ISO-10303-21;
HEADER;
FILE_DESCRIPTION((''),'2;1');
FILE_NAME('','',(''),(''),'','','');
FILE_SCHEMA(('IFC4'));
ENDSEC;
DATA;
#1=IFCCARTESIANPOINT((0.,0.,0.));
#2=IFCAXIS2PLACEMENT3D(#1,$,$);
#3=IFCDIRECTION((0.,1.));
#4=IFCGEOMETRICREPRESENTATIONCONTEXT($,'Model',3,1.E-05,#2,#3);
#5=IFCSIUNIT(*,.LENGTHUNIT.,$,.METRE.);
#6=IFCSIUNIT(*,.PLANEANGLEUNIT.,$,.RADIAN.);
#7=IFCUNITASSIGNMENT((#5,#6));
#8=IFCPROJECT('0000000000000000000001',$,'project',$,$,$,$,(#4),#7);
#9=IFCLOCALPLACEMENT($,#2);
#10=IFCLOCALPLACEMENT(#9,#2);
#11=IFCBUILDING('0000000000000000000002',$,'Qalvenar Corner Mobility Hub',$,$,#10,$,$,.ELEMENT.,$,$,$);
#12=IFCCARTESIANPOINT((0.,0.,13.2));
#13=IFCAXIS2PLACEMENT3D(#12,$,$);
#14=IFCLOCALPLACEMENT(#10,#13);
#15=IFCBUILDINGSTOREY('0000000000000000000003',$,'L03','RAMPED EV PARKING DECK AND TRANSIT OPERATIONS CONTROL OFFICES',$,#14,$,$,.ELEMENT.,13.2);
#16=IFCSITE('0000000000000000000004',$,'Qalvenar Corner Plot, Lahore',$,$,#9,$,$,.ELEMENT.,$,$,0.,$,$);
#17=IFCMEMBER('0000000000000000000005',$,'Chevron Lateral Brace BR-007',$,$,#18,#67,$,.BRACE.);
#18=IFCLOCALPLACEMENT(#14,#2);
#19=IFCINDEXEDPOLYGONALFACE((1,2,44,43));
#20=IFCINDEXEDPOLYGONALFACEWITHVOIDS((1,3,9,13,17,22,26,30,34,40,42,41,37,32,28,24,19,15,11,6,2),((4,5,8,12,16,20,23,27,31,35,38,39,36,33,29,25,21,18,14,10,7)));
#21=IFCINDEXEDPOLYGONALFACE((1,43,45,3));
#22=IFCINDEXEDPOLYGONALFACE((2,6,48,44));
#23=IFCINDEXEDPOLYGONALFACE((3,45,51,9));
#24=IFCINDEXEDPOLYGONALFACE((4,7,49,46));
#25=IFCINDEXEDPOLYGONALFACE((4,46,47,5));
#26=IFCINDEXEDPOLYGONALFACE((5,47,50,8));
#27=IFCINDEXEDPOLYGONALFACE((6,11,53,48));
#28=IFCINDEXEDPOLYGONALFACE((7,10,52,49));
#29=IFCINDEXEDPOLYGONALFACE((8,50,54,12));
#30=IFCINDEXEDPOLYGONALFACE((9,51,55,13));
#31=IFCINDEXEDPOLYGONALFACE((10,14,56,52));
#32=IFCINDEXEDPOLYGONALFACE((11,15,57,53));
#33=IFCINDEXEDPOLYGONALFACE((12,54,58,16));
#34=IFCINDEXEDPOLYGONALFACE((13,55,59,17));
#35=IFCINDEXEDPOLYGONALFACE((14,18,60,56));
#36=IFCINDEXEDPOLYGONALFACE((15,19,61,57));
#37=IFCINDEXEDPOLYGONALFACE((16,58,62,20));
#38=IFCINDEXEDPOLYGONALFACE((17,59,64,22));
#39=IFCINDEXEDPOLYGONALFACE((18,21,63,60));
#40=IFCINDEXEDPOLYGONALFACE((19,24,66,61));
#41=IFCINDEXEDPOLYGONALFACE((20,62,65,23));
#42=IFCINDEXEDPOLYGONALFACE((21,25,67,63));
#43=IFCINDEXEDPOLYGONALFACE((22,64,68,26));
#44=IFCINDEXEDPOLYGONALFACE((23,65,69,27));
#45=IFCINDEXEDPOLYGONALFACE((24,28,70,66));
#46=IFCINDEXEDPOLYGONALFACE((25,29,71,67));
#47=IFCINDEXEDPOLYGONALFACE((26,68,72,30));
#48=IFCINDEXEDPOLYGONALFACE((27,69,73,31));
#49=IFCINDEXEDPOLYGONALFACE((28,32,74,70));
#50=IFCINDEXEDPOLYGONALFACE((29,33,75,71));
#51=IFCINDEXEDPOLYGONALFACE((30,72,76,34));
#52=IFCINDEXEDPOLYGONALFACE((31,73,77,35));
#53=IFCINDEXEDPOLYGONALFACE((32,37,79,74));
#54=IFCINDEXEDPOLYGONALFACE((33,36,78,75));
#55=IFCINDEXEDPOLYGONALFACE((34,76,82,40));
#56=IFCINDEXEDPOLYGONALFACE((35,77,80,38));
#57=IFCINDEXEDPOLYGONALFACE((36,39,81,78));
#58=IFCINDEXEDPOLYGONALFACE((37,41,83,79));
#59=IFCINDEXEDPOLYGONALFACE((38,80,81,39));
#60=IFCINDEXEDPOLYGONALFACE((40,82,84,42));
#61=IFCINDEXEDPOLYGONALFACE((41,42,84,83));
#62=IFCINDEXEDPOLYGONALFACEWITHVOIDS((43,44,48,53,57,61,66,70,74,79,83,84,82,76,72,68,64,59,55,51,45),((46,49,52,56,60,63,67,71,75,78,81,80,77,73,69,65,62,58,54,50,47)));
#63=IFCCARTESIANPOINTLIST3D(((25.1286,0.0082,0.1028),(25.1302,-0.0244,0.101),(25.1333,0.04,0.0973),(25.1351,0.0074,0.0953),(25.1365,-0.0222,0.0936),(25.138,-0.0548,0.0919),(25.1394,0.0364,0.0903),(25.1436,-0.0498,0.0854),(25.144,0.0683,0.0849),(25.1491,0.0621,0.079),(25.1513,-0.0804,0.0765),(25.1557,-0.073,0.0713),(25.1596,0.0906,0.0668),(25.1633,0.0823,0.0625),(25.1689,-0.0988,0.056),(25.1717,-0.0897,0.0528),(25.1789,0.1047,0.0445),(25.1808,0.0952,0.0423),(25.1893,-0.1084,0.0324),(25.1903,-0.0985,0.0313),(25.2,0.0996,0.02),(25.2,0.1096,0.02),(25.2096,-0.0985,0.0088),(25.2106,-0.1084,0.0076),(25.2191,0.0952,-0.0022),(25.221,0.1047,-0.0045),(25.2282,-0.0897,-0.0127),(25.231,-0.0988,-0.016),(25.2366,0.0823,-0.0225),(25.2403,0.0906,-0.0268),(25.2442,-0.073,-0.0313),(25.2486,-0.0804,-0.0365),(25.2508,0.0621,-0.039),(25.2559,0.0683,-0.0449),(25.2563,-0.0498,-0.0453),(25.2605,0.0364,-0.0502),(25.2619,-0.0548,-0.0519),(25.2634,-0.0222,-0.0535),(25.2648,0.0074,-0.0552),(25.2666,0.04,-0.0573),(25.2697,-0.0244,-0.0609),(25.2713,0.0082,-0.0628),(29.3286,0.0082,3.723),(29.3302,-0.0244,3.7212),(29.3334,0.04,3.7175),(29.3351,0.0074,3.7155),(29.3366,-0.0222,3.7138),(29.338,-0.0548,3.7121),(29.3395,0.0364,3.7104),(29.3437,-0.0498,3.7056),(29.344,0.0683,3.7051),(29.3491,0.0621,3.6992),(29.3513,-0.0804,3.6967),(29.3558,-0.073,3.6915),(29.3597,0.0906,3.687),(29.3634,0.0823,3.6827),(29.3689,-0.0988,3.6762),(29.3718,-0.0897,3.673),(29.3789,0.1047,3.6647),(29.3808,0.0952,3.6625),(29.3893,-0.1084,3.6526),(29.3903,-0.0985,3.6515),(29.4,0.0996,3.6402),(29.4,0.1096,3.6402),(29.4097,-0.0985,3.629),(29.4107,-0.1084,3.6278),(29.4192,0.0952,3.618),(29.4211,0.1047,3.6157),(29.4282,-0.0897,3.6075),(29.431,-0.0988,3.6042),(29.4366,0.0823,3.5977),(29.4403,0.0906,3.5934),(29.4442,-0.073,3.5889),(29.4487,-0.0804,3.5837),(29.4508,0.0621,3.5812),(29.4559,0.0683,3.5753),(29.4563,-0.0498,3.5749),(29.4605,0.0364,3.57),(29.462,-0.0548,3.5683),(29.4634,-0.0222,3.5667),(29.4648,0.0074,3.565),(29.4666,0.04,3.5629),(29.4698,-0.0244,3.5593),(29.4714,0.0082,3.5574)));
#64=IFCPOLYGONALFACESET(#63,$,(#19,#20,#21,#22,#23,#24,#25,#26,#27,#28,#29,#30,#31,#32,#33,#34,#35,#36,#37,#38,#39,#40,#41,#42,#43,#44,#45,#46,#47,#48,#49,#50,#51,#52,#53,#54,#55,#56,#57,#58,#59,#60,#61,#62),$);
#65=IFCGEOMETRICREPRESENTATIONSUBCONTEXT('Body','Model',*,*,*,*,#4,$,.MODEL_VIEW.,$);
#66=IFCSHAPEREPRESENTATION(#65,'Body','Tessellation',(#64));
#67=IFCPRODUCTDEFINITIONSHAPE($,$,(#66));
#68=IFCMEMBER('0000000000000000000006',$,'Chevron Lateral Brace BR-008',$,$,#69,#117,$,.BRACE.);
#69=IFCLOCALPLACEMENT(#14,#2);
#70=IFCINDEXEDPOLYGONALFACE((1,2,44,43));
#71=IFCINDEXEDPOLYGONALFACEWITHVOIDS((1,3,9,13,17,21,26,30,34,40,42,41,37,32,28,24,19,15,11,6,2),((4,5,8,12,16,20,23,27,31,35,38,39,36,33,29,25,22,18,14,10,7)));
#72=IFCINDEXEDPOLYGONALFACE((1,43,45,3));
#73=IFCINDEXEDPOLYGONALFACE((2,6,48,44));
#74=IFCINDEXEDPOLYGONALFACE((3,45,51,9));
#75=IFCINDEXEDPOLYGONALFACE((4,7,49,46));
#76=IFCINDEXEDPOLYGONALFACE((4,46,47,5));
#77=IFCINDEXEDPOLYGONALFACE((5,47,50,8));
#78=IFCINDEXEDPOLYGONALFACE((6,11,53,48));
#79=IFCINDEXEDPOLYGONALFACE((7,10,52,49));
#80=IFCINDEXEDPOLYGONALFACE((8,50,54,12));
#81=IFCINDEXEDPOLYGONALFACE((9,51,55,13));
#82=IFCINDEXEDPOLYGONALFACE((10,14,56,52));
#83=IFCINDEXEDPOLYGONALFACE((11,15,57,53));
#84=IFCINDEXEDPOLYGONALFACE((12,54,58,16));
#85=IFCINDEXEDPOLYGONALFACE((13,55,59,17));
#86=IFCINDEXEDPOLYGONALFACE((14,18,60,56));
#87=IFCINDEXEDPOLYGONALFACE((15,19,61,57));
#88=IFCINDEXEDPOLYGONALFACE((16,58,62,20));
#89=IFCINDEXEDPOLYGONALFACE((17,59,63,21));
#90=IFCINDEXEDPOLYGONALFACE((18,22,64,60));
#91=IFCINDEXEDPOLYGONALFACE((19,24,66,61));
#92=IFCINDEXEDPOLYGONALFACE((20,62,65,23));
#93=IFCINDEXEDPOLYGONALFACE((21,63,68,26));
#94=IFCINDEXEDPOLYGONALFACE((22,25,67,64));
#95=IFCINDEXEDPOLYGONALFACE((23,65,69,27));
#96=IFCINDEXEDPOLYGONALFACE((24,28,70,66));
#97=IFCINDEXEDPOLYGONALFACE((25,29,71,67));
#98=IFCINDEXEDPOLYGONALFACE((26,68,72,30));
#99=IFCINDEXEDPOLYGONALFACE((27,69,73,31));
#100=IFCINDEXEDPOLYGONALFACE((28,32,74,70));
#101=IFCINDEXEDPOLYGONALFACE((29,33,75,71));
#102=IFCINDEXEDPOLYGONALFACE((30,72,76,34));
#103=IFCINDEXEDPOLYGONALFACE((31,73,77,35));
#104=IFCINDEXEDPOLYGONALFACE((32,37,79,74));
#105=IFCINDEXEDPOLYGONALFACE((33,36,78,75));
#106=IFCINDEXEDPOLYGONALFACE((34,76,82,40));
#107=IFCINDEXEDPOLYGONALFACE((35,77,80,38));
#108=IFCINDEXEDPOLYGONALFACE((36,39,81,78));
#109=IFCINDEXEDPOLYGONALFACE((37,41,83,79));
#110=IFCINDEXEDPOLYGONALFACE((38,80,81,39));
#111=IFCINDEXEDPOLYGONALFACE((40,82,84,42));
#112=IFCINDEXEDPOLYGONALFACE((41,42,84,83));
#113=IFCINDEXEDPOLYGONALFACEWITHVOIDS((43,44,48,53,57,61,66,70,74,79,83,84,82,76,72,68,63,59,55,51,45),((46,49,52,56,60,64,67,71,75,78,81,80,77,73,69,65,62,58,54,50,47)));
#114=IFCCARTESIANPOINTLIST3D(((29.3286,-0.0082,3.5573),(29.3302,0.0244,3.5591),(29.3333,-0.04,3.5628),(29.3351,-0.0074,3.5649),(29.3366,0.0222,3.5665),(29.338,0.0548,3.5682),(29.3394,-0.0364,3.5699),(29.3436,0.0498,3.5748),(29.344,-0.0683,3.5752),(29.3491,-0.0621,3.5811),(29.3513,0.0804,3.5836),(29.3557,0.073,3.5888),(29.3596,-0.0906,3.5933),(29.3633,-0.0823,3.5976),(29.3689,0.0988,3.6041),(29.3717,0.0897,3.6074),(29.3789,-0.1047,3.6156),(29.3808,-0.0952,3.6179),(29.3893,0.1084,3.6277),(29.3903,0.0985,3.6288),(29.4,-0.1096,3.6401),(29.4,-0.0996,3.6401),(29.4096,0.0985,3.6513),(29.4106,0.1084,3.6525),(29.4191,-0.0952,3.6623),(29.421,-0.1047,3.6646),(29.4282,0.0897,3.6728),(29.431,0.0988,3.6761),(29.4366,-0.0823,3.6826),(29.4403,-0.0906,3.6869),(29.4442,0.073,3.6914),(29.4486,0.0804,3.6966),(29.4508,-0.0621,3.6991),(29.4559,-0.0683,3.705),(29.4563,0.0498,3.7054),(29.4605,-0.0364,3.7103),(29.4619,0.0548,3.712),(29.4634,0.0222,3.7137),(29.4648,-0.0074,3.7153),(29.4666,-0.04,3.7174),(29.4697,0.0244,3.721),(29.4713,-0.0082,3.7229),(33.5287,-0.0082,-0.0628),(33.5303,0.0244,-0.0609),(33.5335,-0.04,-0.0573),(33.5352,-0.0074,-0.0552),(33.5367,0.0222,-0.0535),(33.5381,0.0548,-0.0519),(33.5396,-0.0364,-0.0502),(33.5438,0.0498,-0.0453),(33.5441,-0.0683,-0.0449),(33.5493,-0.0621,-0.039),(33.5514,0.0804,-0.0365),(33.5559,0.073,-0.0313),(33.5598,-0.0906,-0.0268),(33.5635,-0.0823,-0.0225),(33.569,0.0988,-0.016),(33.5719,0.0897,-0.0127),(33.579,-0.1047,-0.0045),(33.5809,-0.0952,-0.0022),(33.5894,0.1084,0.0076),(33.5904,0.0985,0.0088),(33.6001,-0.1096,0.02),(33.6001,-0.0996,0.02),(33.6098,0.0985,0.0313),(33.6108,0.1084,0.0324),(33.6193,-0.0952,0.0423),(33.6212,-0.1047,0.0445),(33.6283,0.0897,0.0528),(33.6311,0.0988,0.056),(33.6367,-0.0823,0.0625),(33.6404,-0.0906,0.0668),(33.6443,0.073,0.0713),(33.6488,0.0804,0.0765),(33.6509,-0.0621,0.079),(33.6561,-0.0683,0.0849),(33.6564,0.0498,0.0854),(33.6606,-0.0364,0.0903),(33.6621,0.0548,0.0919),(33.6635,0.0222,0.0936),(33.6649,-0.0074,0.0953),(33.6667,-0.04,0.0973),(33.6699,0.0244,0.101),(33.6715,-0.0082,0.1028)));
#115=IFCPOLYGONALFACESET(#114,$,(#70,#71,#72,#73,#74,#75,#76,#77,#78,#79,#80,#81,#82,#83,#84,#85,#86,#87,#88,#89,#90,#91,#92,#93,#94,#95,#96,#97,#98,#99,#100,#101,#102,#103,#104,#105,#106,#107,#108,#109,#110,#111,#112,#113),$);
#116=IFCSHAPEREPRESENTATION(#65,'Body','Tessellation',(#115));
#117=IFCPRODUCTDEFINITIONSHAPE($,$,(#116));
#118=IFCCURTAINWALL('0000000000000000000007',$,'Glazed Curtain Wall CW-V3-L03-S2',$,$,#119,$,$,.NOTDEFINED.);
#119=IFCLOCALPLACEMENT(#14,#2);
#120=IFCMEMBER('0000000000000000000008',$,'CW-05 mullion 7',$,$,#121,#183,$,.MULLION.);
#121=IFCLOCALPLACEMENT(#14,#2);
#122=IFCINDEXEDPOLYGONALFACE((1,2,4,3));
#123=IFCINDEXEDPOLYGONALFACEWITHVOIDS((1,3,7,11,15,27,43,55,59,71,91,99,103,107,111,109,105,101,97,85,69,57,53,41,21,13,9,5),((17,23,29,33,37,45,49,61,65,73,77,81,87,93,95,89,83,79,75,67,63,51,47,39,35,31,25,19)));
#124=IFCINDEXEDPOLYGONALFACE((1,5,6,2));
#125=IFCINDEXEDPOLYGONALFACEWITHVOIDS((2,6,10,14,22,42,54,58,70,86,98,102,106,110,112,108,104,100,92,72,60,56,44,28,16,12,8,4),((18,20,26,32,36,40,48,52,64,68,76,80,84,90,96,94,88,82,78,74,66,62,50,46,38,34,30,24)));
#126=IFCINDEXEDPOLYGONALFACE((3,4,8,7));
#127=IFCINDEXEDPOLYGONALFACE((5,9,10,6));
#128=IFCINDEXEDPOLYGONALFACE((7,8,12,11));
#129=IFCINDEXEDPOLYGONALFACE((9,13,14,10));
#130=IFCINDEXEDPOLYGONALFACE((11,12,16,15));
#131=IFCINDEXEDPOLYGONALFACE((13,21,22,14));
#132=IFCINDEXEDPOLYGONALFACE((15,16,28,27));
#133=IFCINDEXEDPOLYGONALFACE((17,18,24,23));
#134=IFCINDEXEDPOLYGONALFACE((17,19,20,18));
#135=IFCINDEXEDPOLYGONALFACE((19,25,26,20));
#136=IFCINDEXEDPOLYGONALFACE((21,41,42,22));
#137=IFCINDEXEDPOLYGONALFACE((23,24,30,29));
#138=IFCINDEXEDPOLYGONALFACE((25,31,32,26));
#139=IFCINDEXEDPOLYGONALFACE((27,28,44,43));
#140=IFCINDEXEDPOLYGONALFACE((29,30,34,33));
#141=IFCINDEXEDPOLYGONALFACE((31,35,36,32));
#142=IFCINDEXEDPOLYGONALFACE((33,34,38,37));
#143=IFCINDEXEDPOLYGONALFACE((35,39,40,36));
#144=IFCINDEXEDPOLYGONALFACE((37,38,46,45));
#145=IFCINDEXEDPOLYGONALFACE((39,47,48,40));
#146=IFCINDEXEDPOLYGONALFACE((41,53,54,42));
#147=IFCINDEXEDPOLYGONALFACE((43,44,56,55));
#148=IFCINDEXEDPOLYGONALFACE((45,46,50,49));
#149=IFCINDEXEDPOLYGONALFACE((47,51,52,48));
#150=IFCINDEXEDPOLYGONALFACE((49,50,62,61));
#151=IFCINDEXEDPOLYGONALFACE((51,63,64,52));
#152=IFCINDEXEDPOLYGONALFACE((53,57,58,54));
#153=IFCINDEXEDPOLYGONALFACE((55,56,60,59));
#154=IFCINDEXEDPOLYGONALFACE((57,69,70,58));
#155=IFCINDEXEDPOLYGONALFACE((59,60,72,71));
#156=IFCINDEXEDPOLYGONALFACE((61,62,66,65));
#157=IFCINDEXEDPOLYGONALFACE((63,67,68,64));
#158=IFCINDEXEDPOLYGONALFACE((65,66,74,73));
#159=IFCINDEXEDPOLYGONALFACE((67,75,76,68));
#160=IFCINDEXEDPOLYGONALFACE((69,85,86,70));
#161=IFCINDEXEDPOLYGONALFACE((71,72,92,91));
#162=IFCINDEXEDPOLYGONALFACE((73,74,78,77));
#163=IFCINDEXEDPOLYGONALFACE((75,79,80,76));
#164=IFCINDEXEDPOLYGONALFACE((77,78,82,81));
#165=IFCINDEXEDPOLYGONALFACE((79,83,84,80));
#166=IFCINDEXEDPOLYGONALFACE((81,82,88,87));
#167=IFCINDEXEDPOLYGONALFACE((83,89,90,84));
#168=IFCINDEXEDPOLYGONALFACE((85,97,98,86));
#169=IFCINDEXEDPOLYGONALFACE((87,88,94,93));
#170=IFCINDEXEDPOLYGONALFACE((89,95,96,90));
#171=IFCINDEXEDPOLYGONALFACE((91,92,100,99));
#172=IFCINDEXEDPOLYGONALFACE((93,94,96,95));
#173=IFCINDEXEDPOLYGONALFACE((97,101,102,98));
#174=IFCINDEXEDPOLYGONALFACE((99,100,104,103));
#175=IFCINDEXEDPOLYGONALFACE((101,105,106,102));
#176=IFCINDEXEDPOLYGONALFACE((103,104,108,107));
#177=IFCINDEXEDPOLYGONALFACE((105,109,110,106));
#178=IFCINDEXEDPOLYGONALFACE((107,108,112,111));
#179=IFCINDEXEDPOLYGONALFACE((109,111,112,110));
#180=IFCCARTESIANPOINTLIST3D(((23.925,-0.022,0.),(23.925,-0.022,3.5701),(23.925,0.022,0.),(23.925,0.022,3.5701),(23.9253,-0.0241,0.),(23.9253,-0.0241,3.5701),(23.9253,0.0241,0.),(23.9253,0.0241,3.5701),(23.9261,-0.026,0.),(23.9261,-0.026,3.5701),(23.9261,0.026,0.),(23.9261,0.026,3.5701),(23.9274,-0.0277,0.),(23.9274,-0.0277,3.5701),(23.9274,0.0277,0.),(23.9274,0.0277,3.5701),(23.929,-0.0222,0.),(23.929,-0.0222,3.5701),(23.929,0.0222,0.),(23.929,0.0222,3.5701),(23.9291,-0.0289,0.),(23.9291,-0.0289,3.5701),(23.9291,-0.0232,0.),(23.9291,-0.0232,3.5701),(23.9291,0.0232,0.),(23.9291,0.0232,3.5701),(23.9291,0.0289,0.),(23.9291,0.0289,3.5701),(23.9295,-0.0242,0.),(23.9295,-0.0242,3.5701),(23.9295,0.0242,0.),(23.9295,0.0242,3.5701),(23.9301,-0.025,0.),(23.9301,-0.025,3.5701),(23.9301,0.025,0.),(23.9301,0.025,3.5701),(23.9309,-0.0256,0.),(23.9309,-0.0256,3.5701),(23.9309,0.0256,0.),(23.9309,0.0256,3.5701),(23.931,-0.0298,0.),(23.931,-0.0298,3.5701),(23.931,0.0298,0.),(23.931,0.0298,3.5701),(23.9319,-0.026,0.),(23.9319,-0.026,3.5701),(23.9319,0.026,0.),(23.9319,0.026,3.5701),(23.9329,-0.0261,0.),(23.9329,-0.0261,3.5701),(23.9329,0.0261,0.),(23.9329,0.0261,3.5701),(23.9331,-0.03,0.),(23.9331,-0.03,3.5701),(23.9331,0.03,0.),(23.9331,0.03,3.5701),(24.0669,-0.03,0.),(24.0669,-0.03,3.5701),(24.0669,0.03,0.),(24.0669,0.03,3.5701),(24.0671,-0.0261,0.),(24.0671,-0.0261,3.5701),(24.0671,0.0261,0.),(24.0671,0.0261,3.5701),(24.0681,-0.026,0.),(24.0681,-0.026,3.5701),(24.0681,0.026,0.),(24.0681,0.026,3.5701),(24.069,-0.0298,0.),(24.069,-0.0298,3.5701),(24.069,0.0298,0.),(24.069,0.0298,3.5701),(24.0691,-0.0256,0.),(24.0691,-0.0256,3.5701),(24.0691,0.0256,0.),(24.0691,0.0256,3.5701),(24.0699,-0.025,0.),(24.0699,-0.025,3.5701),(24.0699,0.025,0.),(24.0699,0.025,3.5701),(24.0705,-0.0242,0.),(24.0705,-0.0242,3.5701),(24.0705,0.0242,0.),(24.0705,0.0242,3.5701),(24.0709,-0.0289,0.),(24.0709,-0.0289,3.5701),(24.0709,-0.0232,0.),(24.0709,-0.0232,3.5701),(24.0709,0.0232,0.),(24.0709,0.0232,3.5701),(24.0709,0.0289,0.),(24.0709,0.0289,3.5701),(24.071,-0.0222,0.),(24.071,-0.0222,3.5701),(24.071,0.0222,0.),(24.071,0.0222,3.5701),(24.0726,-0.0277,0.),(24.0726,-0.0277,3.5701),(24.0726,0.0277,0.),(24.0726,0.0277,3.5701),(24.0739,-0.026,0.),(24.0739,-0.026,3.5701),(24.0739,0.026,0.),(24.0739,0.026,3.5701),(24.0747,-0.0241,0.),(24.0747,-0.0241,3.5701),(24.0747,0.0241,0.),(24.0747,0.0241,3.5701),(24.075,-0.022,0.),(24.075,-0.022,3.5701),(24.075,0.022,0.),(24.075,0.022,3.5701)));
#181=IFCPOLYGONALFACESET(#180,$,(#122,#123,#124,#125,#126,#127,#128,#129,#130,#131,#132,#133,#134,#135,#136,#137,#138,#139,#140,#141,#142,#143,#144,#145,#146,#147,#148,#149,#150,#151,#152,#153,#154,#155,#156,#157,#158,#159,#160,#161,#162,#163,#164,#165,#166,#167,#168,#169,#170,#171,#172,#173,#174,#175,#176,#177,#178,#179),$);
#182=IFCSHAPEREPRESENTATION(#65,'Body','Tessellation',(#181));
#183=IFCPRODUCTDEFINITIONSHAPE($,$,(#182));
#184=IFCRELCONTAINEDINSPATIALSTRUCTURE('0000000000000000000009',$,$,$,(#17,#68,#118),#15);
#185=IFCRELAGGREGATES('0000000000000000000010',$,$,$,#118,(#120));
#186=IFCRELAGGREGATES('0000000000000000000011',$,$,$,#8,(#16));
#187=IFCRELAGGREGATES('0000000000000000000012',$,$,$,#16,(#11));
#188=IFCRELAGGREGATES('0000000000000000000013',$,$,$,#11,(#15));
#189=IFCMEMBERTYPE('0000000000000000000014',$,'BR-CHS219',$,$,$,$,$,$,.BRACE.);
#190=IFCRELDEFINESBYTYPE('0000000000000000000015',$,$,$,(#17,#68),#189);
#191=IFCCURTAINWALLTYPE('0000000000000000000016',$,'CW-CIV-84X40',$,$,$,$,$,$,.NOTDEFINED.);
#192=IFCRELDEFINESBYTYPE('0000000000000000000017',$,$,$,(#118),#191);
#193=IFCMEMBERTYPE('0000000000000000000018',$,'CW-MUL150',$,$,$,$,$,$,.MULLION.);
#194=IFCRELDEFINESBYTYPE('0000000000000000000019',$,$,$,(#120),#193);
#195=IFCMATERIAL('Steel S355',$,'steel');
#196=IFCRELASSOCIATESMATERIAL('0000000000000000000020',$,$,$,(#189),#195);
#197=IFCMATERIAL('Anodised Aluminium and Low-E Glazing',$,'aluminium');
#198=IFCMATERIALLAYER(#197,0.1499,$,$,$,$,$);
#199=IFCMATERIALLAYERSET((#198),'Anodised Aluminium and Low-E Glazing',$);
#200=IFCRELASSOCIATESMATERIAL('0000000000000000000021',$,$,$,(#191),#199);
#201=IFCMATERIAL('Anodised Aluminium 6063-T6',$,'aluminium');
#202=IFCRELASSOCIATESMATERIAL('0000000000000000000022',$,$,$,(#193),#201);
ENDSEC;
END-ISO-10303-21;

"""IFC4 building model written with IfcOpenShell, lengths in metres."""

from ifc_helpers import new_model, si_unit, direction, frame, origin, origin_2d, place, context, subcontext, project, spatial, hollow_rectangle, hollow_circle, extrude, material, layer, layer_set, material_profile, profile_set, type_object, element, aggregate, save


model = new_model("IFC4")

# Units and contexts
model_context = context("Model", 3, precision=1e-05, world=origin(), true_north=direction((0.0, 1.0)))
body_context = subcontext(model_context, "Body", "Model", "MODEL_VIEW")
ifc_project = project(units=[si_unit("LENGTHUNIT", "METRE"), si_unit("PLANEANGLEUNIT", "RADIAN")], contexts=[model_context])

# Site, building, storey
site_placement = place(None, origin())
site = spatial("IfcSite", under=ifc_project, at=site_placement, Name="Qalvenar Corner Plot, Lahore", CompositionType="ELEMENT", RefElevation=0.0)
building_placement = place(site_placement, origin())
building = spatial("IfcBuilding", under=site, at=building_placement, Name="Qalvenar Corner Mobility Hub", CompositionType="ELEMENT")
storey_placement = place(building_placement, frame((0.0, 0.0, 13.2)))
storey = spatial("IfcBuildingStorey", under=building, at=storey_placement, Name="L03", Description="RAMPED EV PARKING DECK AND TRANSIT OPERATIONS CONTROL OFFICES", CompositionType="ELEMENT", Elevation=13.2)

# Shared definitions
ifc_material_1 = material(Name="Steel S355", Category="steel")

# Members
ifc_material_profile_1 = material_profile(ifc_material_1, hollow_circle(Radius=0.1096, WallThickness=0.01, at=origin_2d()), Name="CHS219.1x10")
ifc_profile_set_1 = profile_set([ifc_material_profile_1], Name="Steel S355")
member_type_1 = type_object("IfcMemberType", Name="BR-CHS219", PredefinedType="BRACE", material=ifc_profile_set_1)
for number, where, z_axis, x_axis, name in (
    (1, (25.2, 0.0, 0.02), (0.757457, 0.0, 0.652885), (0.0, 1.0, 0.0), "Chevron Lateral Brace BR-007"),
    (2, (33.6001, 0.0, 0.02), (-0.757476, 0.0, 0.652863), (0.0, -1.0, 0.0), "Chevron Lateral Brace BR-008"),
):
    element("IfcMember", number, at=place(storey_placement, frame(where, z_axis=z_axis, x_axis=x_axis)), inside=storey, type_object=member_type_1, Name=name, PredefinedType="BRACE", context=body_context, shape_type="SweptSolid", body=[
        extrude(hollow_circle(Radius=0.1096, WallThickness=0.01, at=origin_2d()), origin(), (0.0, 0.0, 1.0), 5.5449),
    ])

# Curtain wall, member
ifc_material_2 = material(Name="Anodised Aluminium and Low-E Glazing", Category="aluminium")
ifc_layer_1 = layer(ifc_material_2, 0.1499)
ifc_layer_set_1 = layer_set([ifc_layer_1], Name="Anodised Aluminium and Low-E Glazing")
curtain_wall_type = type_object("IfcCurtainWallType", Name="CW-CIV-84X40", PredefinedType="NOTDEFINED", material=ifc_layer_set_1)
curtain_wall_1_placement = place(storey_placement, origin())
curtain_wall_1 = element("IfcCurtainWall", 3, at=curtain_wall_1_placement, inside=storey, type_object=curtain_wall_type, Name="Glazed Curtain Wall CW-V3-L03-S2", PredefinedType="NOTDEFINED")
ifc_material_3 = material(Name="Anodised Aluminium 6063-T6", Category="aluminium")
ifc_material_profile_2 = material_profile(ifc_material_3, hollow_rectangle(XDim=0.0601, YDim=0.1499, WallThickness=0.0039, InnerFilletRadius=0.0039, OuterFilletRadius=0.0081, at=origin_2d()), Name="RHS150x60x4")
ifc_profile_set_2 = profile_set([ifc_material_profile_2], Name="Anodised Aluminium 6063-T6")
member_type_2 = type_object("IfcMemberType", Name="CW-MUL150", PredefinedType="MULLION", material=ifc_profile_set_2)
member_1_placement = place(storey_placement, frame((24.0, 0.0, 0.0), z_axis=(0.0, 0.0, 1.0), x_axis=(0.0, 1.0, 0.0)))
member_1 = element("IfcMember", 4, at=member_1_placement, type_object=member_type_2, Name="CW-05 mullion 7", PredefinedType="MULLION", context=body_context, shape_type="SweptSolid", body=[
    extrude(hollow_rectangle(XDim=0.0601, YDim=0.1499, WallThickness=0.0039, InnerFilletRadius=0.0039, OuterFilletRadius=0.0081, at=origin_2d()), origin(), (0.0, 0.0, 1.0), 3.5701),
])

aggregate(curtain_wall_1, [member_1])

save(model, "model.ifc")
